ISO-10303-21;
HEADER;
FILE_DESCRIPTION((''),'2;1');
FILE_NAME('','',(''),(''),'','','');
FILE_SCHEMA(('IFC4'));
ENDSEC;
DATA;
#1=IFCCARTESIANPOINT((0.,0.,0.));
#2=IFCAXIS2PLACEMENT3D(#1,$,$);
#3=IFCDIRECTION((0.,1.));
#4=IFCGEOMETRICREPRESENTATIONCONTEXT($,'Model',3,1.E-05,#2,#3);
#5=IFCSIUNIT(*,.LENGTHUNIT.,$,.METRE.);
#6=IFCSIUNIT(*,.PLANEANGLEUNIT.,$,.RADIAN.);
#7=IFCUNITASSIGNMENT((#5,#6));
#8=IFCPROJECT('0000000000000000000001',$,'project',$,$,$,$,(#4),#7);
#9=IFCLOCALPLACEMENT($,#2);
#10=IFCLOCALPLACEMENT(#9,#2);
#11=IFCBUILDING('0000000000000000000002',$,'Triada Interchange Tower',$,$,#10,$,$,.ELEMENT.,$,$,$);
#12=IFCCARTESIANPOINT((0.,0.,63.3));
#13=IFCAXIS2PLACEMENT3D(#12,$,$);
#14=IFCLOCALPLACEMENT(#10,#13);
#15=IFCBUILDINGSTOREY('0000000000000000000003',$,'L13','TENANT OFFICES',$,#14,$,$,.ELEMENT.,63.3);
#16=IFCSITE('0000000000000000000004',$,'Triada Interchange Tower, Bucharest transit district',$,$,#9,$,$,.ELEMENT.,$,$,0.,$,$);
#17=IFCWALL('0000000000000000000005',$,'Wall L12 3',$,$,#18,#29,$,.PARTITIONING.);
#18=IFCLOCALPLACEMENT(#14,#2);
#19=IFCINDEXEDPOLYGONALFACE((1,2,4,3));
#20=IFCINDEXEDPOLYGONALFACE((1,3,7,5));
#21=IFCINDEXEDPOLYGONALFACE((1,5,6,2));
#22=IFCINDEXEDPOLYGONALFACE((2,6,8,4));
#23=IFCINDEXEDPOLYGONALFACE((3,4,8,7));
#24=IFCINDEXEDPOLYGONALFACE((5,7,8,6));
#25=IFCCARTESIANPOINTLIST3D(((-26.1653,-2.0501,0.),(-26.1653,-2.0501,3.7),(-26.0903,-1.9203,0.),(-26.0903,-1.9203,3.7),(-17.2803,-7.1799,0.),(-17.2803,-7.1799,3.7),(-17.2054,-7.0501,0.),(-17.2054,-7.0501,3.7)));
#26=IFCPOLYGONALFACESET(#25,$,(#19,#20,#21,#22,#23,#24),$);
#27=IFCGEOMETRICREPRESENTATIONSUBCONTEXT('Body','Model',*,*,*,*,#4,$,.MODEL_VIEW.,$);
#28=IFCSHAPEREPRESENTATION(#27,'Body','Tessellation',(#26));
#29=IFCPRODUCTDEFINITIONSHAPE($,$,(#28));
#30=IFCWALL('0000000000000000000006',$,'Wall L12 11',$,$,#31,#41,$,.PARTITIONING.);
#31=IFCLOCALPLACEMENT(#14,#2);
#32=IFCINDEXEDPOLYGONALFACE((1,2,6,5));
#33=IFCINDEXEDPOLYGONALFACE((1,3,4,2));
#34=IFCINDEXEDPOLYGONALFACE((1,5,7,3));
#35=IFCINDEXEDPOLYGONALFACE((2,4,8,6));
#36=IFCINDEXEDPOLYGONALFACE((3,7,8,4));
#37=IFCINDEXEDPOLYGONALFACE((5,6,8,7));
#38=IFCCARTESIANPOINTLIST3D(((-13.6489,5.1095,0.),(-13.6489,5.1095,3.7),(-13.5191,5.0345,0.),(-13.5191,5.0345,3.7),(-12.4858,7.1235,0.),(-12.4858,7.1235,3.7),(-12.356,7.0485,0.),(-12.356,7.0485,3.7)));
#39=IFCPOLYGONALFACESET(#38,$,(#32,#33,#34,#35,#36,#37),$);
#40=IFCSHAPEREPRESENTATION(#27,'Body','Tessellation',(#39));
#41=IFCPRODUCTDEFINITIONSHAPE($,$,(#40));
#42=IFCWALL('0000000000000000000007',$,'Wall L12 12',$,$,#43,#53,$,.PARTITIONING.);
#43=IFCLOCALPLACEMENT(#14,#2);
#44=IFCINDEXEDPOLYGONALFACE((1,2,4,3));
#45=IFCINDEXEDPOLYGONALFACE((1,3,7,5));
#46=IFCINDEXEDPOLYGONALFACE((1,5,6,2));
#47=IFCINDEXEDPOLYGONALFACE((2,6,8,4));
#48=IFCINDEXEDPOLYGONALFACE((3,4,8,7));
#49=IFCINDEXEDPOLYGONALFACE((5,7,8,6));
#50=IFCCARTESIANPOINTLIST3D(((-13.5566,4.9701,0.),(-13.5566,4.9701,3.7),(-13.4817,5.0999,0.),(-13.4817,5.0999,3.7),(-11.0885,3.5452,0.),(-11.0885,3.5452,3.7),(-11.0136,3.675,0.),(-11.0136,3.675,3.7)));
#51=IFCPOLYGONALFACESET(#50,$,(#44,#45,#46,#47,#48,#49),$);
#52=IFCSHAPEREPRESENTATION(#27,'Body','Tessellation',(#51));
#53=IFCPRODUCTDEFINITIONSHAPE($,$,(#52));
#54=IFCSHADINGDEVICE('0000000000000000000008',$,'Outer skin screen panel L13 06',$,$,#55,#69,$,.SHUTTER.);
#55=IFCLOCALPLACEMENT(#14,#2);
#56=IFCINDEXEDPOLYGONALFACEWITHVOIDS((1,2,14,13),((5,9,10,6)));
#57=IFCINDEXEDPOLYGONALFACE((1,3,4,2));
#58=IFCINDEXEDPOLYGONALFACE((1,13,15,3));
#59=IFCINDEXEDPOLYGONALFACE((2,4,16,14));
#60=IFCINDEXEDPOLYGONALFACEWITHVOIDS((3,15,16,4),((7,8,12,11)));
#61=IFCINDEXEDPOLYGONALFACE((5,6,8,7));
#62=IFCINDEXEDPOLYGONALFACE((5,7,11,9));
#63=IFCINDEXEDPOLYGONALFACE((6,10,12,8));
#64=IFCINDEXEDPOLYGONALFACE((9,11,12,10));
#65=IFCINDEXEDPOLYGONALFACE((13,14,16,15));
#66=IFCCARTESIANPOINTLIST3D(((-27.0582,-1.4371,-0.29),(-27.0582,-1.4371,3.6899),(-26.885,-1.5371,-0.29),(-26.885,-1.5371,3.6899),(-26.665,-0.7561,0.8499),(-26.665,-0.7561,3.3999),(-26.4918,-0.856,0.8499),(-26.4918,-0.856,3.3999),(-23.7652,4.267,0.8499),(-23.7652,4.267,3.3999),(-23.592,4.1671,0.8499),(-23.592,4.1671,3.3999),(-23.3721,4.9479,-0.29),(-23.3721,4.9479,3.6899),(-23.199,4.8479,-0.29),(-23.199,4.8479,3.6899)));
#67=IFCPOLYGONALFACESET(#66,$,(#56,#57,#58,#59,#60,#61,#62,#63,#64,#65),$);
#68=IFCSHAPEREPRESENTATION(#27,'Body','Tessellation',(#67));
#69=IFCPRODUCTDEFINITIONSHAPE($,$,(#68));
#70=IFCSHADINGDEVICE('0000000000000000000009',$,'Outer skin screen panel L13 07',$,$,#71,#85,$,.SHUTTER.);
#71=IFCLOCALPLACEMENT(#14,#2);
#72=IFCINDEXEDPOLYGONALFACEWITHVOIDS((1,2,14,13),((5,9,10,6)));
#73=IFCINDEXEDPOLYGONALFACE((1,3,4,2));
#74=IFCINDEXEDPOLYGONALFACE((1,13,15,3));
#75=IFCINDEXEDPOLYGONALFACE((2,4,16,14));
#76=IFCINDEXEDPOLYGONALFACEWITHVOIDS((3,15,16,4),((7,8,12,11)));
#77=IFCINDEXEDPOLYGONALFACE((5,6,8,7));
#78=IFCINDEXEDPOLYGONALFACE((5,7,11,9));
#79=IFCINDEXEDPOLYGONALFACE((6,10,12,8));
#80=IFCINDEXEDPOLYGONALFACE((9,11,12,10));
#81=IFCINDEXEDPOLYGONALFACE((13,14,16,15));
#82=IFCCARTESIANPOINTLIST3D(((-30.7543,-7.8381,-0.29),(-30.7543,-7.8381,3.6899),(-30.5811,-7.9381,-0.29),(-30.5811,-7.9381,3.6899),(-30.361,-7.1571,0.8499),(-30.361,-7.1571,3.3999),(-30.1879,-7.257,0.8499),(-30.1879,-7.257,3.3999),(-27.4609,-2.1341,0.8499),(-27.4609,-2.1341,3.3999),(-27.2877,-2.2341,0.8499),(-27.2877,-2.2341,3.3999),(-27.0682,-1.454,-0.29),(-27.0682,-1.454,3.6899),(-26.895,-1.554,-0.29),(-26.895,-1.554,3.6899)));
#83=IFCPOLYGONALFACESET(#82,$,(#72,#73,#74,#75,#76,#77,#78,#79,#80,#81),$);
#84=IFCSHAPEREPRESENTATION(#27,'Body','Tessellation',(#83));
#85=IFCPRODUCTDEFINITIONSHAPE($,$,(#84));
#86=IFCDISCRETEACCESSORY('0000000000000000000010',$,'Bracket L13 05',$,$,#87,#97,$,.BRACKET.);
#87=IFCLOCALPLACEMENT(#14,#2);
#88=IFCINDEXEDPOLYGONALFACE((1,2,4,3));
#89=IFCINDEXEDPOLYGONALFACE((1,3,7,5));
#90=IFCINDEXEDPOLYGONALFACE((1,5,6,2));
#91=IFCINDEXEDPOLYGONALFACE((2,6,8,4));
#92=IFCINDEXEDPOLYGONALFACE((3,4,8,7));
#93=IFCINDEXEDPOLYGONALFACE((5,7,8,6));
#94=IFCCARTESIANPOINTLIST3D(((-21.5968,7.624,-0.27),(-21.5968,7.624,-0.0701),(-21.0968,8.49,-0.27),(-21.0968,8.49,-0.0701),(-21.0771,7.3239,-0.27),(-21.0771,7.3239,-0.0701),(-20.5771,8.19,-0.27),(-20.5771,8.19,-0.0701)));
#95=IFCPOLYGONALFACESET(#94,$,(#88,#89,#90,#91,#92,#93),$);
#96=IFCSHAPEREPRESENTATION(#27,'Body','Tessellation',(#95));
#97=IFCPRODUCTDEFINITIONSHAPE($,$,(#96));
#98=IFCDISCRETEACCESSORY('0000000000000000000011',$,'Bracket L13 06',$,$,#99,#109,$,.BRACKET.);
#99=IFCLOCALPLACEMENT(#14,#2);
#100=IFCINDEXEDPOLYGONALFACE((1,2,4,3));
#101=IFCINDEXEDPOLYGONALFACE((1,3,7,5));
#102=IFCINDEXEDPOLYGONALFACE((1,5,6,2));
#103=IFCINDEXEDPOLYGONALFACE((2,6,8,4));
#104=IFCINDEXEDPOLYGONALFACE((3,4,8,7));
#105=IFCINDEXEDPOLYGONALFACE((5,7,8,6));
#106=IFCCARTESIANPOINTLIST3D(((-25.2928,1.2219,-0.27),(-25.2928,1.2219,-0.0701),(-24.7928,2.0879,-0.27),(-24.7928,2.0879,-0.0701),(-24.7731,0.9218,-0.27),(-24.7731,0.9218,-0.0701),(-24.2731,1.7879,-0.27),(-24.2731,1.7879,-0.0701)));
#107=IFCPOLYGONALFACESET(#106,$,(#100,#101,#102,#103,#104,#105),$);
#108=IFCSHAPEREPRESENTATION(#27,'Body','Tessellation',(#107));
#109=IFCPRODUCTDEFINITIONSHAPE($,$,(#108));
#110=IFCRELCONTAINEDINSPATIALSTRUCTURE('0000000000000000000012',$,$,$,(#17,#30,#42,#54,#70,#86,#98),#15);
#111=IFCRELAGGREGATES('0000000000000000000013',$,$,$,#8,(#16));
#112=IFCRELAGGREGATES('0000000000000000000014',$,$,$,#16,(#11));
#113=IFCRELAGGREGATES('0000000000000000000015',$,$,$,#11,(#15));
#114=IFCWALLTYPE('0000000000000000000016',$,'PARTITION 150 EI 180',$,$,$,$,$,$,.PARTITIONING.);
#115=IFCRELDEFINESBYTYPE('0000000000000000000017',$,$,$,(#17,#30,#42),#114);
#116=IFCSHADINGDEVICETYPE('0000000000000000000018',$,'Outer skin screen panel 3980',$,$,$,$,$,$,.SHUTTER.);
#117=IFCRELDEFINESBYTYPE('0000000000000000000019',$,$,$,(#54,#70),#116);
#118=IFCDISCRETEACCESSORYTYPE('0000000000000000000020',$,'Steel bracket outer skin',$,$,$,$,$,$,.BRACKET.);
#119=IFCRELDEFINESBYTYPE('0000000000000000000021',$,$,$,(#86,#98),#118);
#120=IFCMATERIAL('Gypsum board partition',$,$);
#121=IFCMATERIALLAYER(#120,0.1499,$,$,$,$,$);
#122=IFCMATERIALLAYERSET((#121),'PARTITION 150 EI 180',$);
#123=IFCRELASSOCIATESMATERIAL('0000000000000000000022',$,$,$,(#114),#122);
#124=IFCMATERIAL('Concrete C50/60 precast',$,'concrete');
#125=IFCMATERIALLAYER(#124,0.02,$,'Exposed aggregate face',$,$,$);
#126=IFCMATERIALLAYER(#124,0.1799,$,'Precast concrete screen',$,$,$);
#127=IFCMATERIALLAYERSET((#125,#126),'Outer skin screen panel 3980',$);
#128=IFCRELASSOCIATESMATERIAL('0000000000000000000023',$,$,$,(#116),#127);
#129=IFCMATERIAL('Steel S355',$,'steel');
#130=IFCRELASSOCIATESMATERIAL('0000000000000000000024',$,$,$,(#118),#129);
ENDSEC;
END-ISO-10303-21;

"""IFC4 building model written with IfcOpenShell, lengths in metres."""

from ifc_helpers import new_model, si_unit, direction, frame, frame_2d, origin, origin_2d, place, context, subcontext, project, spatial, polyline, rectangle, outline, extrude, material, layer, layer_set, type_object, element, save


model = new_model("IFC4")

# Units and contexts
model_context = context("Model", 3, precision=1e-05, world=origin(), true_north=direction((0.0, 1.0)))
body_context = subcontext(model_context, "Body", "Model", "MODEL_VIEW")
ifc_project = project(units=[si_unit("LENGTHUNIT", "METRE"), si_unit("PLANEANGLEUNIT", "RADIAN")], contexts=[model_context])

# Site, building, storey
site_placement = place(None, origin())
site = spatial("IfcSite", under=ifc_project, at=site_placement, Name="Triada Interchange Tower, Bucharest transit district", CompositionType="ELEMENT", RefElevation=0.0)
building_placement = place(site_placement, origin())
building = spatial("IfcBuilding", under=site, at=building_placement, Name="Triada Interchange Tower", CompositionType="ELEMENT")
storey_placement = place(building_placement, frame((0.0, 0.0, 63.3)))
storey = spatial("IfcBuildingStorey", under=building, at=storey_placement, Name="L13", Description="TENANT OFFICES", CompositionType="ELEMENT", Elevation=63.3)

# Walls
ifc_material_1 = material(Name="Gypsum board partition")
ifc_layer_1 = layer(ifc_material_1, 0.1499)
ifc_layer_set_1 = layer_set([ifc_layer_1], Name="PARTITION 150 EI 180")
wall_type_1 = type_object("IfcWallType", Name="PARTITION 150 EI 180", PredefinedType="PARTITIONING", material=ifc_layer_set_1)
wall_1_placement = place(storey_placement, frame((-26.1279, -1.9851, 0.0), z_axis=(0.0, 0.0, 1.0), x_axis=(0.86602, -0.500009, 0.0)))
element("IfcWall", 1, at=wall_1_placement, inside=storey, type_object=wall_type_1, Name="Wall L12 3", PredefinedType="PARTITIONING", context=body_context, shape_type="SweptSolid", body=[
    extrude(rectangle(XDim=10.2595, YDim=0.1499, at=frame_2d((5.1299, 0.0))), origin(), (0.0, 0.0, 1.0), 3.7),
])
wall_2_placement = place(storey_placement, frame((-13.584, 5.072, 0.0), z_axis=(0.0, 0.0, 1.0), x_axis=(0.500113, 0.86596, 0.0)))
element("IfcWall", 2, at=wall_2_placement, inside=storey, type_object=wall_type_1, Name="Wall L12 11", PredefinedType="PARTITIONING", context=body_context, shape_type="SweptSolid", body=[
    extrude(rectangle(XDim=2.3257, YDim=0.1499, at=frame_2d((1.1628, 0.0))), origin(), (0.0, 0.0, 1.0), 3.7),
])
wall_3_placement = place(storey_placement, frame((-13.519, 5.0349, 0.0), z_axis=(0.0, 0.0, 1.0), x_axis=(0.866041, -0.499972, 0.0)))
element("IfcWall", 3, at=wall_3_placement, inside=storey, type_object=wall_type_1, Name="Wall L12 12", PredefinedType="PARTITIONING", context=body_context, shape_type="SweptSolid", body=[
    extrude(rectangle(XDim=2.8499, YDim=0.1499, at=frame_2d((1.4248, 0.0))), origin(), (0.0, 0.0, 1.0), 3.7),
])

# Shading devices
ifc_material_2 = material(Name="Concrete C50/60 precast", Category="concrete")
ifc_layer_2 = layer(ifc_material_2, 0.02, Name="Exposed aggregate face")
ifc_layer_3 = layer(ifc_material_2, 0.1799, Name="Precast concrete screen")
ifc_layer_set_2 = layer_set([ifc_layer_2, ifc_layer_3], Name="Outer skin screen panel 3980")
shading_device_type = type_object("IfcShadingDeviceType", Name="Outer skin screen panel 3980", PredefinedType="SHUTTER", material=ifc_layer_set_2)
shading_device_1_placement = place(storey_placement, frame((-23.199, 4.8479, -0.29), z_axis=(0.0, 0.0, 1.0), x_axis=(-0.499964, -0.866046, 0.0)))
element("IfcShadingDevice", 4, at=shading_device_1_placement, inside=storey, type_object=shading_device_type, Name="Outer skin screen panel L13 06", PredefinedType="SHUTTER", context=body_context, shape_type="SweptSolid", body=[
    extrude(outline(polyline([(0.0, 0.0), (7.3726, 0.0), (7.3726, 3.98), (0.0, 3.98), (0.0, 0.0)]), holes=[polyline([(0.7861, 1.1399), (0.7861, 3.6899), (6.5862, 3.6899), (6.5862, 1.1399), (0.7861, 1.1399)])]), frame((0.0, 0.0, 0.0), z_axis=(0.0, -1.0, 0.0), x_axis=(1.0, 0.0, 0.0)), (0.0, 0.0, 1.0), 0.2),
])
shading_device_2_placement = place(storey_placement, frame((-26.895, -1.554, -0.29), z_axis=(0.0, 0.0, 1.0), x_axis=(-0.500022, -0.866013, 0.0)))
element("IfcShadingDevice", 5, at=shading_device_2_placement, inside=storey, type_object=shading_device_type, Name="Outer skin screen panel L13 07", PredefinedType="SHUTTER", context=body_context, shape_type="SweptSolid", body=[
    extrude(outline(polyline([(0.0, 0.0), (7.3718, 0.0), (7.3718, 3.98), (0.0, 3.98), (0.0, 0.0)]), holes=[polyline([(0.7854, 1.1399), (0.7854, 3.6899), (6.5854, 3.6899), (6.5854, 1.1399), (0.7854, 1.1399)])]), frame((0.0, 0.0, 0.0), z_axis=(0.0, -1.0, 0.0), x_axis=(1.0, 0.0, 0.0)), (0.0, 0.0, 1.0), 0.2),
])

# Discrete accessories
ifc_material_3 = material(Name="Steel S355", Category="steel")
discrete_accessory_type = type_object("IfcDiscreteAccessoryType", Name="Steel bracket outer skin", PredefinedType="BRACKET", material=ifc_material_3)
for number, where, z_axis, x_axis, name in (
    (6, (-21.0869, 7.907, -0.27), (0.0, 0.0, 1.0), (-0.866022, 0.500006, 0.0), "Bracket L13 05"),
    (7, (-24.783, 1.5049, -0.27), (0.0, 0.0, 1.0), (-0.866022, 0.500006, 0.0), "Bracket L13 06"),
):
    element("IfcDiscreteAccessory", number, at=place(storey_placement, frame(where, z_axis=z_axis, x_axis=x_axis)), inside=storey, type_object=discrete_accessory_type, Name=name, PredefinedType="BRACKET", context=body_context, shape_type="SweptSolid", body=[
        extrude(rectangle(XDim=0.6001, YDim=1.0, at=origin_2d()), origin(), (0.0, 0.0, 1.0), 0.2),
    ])

save(model, "model.ifc")
